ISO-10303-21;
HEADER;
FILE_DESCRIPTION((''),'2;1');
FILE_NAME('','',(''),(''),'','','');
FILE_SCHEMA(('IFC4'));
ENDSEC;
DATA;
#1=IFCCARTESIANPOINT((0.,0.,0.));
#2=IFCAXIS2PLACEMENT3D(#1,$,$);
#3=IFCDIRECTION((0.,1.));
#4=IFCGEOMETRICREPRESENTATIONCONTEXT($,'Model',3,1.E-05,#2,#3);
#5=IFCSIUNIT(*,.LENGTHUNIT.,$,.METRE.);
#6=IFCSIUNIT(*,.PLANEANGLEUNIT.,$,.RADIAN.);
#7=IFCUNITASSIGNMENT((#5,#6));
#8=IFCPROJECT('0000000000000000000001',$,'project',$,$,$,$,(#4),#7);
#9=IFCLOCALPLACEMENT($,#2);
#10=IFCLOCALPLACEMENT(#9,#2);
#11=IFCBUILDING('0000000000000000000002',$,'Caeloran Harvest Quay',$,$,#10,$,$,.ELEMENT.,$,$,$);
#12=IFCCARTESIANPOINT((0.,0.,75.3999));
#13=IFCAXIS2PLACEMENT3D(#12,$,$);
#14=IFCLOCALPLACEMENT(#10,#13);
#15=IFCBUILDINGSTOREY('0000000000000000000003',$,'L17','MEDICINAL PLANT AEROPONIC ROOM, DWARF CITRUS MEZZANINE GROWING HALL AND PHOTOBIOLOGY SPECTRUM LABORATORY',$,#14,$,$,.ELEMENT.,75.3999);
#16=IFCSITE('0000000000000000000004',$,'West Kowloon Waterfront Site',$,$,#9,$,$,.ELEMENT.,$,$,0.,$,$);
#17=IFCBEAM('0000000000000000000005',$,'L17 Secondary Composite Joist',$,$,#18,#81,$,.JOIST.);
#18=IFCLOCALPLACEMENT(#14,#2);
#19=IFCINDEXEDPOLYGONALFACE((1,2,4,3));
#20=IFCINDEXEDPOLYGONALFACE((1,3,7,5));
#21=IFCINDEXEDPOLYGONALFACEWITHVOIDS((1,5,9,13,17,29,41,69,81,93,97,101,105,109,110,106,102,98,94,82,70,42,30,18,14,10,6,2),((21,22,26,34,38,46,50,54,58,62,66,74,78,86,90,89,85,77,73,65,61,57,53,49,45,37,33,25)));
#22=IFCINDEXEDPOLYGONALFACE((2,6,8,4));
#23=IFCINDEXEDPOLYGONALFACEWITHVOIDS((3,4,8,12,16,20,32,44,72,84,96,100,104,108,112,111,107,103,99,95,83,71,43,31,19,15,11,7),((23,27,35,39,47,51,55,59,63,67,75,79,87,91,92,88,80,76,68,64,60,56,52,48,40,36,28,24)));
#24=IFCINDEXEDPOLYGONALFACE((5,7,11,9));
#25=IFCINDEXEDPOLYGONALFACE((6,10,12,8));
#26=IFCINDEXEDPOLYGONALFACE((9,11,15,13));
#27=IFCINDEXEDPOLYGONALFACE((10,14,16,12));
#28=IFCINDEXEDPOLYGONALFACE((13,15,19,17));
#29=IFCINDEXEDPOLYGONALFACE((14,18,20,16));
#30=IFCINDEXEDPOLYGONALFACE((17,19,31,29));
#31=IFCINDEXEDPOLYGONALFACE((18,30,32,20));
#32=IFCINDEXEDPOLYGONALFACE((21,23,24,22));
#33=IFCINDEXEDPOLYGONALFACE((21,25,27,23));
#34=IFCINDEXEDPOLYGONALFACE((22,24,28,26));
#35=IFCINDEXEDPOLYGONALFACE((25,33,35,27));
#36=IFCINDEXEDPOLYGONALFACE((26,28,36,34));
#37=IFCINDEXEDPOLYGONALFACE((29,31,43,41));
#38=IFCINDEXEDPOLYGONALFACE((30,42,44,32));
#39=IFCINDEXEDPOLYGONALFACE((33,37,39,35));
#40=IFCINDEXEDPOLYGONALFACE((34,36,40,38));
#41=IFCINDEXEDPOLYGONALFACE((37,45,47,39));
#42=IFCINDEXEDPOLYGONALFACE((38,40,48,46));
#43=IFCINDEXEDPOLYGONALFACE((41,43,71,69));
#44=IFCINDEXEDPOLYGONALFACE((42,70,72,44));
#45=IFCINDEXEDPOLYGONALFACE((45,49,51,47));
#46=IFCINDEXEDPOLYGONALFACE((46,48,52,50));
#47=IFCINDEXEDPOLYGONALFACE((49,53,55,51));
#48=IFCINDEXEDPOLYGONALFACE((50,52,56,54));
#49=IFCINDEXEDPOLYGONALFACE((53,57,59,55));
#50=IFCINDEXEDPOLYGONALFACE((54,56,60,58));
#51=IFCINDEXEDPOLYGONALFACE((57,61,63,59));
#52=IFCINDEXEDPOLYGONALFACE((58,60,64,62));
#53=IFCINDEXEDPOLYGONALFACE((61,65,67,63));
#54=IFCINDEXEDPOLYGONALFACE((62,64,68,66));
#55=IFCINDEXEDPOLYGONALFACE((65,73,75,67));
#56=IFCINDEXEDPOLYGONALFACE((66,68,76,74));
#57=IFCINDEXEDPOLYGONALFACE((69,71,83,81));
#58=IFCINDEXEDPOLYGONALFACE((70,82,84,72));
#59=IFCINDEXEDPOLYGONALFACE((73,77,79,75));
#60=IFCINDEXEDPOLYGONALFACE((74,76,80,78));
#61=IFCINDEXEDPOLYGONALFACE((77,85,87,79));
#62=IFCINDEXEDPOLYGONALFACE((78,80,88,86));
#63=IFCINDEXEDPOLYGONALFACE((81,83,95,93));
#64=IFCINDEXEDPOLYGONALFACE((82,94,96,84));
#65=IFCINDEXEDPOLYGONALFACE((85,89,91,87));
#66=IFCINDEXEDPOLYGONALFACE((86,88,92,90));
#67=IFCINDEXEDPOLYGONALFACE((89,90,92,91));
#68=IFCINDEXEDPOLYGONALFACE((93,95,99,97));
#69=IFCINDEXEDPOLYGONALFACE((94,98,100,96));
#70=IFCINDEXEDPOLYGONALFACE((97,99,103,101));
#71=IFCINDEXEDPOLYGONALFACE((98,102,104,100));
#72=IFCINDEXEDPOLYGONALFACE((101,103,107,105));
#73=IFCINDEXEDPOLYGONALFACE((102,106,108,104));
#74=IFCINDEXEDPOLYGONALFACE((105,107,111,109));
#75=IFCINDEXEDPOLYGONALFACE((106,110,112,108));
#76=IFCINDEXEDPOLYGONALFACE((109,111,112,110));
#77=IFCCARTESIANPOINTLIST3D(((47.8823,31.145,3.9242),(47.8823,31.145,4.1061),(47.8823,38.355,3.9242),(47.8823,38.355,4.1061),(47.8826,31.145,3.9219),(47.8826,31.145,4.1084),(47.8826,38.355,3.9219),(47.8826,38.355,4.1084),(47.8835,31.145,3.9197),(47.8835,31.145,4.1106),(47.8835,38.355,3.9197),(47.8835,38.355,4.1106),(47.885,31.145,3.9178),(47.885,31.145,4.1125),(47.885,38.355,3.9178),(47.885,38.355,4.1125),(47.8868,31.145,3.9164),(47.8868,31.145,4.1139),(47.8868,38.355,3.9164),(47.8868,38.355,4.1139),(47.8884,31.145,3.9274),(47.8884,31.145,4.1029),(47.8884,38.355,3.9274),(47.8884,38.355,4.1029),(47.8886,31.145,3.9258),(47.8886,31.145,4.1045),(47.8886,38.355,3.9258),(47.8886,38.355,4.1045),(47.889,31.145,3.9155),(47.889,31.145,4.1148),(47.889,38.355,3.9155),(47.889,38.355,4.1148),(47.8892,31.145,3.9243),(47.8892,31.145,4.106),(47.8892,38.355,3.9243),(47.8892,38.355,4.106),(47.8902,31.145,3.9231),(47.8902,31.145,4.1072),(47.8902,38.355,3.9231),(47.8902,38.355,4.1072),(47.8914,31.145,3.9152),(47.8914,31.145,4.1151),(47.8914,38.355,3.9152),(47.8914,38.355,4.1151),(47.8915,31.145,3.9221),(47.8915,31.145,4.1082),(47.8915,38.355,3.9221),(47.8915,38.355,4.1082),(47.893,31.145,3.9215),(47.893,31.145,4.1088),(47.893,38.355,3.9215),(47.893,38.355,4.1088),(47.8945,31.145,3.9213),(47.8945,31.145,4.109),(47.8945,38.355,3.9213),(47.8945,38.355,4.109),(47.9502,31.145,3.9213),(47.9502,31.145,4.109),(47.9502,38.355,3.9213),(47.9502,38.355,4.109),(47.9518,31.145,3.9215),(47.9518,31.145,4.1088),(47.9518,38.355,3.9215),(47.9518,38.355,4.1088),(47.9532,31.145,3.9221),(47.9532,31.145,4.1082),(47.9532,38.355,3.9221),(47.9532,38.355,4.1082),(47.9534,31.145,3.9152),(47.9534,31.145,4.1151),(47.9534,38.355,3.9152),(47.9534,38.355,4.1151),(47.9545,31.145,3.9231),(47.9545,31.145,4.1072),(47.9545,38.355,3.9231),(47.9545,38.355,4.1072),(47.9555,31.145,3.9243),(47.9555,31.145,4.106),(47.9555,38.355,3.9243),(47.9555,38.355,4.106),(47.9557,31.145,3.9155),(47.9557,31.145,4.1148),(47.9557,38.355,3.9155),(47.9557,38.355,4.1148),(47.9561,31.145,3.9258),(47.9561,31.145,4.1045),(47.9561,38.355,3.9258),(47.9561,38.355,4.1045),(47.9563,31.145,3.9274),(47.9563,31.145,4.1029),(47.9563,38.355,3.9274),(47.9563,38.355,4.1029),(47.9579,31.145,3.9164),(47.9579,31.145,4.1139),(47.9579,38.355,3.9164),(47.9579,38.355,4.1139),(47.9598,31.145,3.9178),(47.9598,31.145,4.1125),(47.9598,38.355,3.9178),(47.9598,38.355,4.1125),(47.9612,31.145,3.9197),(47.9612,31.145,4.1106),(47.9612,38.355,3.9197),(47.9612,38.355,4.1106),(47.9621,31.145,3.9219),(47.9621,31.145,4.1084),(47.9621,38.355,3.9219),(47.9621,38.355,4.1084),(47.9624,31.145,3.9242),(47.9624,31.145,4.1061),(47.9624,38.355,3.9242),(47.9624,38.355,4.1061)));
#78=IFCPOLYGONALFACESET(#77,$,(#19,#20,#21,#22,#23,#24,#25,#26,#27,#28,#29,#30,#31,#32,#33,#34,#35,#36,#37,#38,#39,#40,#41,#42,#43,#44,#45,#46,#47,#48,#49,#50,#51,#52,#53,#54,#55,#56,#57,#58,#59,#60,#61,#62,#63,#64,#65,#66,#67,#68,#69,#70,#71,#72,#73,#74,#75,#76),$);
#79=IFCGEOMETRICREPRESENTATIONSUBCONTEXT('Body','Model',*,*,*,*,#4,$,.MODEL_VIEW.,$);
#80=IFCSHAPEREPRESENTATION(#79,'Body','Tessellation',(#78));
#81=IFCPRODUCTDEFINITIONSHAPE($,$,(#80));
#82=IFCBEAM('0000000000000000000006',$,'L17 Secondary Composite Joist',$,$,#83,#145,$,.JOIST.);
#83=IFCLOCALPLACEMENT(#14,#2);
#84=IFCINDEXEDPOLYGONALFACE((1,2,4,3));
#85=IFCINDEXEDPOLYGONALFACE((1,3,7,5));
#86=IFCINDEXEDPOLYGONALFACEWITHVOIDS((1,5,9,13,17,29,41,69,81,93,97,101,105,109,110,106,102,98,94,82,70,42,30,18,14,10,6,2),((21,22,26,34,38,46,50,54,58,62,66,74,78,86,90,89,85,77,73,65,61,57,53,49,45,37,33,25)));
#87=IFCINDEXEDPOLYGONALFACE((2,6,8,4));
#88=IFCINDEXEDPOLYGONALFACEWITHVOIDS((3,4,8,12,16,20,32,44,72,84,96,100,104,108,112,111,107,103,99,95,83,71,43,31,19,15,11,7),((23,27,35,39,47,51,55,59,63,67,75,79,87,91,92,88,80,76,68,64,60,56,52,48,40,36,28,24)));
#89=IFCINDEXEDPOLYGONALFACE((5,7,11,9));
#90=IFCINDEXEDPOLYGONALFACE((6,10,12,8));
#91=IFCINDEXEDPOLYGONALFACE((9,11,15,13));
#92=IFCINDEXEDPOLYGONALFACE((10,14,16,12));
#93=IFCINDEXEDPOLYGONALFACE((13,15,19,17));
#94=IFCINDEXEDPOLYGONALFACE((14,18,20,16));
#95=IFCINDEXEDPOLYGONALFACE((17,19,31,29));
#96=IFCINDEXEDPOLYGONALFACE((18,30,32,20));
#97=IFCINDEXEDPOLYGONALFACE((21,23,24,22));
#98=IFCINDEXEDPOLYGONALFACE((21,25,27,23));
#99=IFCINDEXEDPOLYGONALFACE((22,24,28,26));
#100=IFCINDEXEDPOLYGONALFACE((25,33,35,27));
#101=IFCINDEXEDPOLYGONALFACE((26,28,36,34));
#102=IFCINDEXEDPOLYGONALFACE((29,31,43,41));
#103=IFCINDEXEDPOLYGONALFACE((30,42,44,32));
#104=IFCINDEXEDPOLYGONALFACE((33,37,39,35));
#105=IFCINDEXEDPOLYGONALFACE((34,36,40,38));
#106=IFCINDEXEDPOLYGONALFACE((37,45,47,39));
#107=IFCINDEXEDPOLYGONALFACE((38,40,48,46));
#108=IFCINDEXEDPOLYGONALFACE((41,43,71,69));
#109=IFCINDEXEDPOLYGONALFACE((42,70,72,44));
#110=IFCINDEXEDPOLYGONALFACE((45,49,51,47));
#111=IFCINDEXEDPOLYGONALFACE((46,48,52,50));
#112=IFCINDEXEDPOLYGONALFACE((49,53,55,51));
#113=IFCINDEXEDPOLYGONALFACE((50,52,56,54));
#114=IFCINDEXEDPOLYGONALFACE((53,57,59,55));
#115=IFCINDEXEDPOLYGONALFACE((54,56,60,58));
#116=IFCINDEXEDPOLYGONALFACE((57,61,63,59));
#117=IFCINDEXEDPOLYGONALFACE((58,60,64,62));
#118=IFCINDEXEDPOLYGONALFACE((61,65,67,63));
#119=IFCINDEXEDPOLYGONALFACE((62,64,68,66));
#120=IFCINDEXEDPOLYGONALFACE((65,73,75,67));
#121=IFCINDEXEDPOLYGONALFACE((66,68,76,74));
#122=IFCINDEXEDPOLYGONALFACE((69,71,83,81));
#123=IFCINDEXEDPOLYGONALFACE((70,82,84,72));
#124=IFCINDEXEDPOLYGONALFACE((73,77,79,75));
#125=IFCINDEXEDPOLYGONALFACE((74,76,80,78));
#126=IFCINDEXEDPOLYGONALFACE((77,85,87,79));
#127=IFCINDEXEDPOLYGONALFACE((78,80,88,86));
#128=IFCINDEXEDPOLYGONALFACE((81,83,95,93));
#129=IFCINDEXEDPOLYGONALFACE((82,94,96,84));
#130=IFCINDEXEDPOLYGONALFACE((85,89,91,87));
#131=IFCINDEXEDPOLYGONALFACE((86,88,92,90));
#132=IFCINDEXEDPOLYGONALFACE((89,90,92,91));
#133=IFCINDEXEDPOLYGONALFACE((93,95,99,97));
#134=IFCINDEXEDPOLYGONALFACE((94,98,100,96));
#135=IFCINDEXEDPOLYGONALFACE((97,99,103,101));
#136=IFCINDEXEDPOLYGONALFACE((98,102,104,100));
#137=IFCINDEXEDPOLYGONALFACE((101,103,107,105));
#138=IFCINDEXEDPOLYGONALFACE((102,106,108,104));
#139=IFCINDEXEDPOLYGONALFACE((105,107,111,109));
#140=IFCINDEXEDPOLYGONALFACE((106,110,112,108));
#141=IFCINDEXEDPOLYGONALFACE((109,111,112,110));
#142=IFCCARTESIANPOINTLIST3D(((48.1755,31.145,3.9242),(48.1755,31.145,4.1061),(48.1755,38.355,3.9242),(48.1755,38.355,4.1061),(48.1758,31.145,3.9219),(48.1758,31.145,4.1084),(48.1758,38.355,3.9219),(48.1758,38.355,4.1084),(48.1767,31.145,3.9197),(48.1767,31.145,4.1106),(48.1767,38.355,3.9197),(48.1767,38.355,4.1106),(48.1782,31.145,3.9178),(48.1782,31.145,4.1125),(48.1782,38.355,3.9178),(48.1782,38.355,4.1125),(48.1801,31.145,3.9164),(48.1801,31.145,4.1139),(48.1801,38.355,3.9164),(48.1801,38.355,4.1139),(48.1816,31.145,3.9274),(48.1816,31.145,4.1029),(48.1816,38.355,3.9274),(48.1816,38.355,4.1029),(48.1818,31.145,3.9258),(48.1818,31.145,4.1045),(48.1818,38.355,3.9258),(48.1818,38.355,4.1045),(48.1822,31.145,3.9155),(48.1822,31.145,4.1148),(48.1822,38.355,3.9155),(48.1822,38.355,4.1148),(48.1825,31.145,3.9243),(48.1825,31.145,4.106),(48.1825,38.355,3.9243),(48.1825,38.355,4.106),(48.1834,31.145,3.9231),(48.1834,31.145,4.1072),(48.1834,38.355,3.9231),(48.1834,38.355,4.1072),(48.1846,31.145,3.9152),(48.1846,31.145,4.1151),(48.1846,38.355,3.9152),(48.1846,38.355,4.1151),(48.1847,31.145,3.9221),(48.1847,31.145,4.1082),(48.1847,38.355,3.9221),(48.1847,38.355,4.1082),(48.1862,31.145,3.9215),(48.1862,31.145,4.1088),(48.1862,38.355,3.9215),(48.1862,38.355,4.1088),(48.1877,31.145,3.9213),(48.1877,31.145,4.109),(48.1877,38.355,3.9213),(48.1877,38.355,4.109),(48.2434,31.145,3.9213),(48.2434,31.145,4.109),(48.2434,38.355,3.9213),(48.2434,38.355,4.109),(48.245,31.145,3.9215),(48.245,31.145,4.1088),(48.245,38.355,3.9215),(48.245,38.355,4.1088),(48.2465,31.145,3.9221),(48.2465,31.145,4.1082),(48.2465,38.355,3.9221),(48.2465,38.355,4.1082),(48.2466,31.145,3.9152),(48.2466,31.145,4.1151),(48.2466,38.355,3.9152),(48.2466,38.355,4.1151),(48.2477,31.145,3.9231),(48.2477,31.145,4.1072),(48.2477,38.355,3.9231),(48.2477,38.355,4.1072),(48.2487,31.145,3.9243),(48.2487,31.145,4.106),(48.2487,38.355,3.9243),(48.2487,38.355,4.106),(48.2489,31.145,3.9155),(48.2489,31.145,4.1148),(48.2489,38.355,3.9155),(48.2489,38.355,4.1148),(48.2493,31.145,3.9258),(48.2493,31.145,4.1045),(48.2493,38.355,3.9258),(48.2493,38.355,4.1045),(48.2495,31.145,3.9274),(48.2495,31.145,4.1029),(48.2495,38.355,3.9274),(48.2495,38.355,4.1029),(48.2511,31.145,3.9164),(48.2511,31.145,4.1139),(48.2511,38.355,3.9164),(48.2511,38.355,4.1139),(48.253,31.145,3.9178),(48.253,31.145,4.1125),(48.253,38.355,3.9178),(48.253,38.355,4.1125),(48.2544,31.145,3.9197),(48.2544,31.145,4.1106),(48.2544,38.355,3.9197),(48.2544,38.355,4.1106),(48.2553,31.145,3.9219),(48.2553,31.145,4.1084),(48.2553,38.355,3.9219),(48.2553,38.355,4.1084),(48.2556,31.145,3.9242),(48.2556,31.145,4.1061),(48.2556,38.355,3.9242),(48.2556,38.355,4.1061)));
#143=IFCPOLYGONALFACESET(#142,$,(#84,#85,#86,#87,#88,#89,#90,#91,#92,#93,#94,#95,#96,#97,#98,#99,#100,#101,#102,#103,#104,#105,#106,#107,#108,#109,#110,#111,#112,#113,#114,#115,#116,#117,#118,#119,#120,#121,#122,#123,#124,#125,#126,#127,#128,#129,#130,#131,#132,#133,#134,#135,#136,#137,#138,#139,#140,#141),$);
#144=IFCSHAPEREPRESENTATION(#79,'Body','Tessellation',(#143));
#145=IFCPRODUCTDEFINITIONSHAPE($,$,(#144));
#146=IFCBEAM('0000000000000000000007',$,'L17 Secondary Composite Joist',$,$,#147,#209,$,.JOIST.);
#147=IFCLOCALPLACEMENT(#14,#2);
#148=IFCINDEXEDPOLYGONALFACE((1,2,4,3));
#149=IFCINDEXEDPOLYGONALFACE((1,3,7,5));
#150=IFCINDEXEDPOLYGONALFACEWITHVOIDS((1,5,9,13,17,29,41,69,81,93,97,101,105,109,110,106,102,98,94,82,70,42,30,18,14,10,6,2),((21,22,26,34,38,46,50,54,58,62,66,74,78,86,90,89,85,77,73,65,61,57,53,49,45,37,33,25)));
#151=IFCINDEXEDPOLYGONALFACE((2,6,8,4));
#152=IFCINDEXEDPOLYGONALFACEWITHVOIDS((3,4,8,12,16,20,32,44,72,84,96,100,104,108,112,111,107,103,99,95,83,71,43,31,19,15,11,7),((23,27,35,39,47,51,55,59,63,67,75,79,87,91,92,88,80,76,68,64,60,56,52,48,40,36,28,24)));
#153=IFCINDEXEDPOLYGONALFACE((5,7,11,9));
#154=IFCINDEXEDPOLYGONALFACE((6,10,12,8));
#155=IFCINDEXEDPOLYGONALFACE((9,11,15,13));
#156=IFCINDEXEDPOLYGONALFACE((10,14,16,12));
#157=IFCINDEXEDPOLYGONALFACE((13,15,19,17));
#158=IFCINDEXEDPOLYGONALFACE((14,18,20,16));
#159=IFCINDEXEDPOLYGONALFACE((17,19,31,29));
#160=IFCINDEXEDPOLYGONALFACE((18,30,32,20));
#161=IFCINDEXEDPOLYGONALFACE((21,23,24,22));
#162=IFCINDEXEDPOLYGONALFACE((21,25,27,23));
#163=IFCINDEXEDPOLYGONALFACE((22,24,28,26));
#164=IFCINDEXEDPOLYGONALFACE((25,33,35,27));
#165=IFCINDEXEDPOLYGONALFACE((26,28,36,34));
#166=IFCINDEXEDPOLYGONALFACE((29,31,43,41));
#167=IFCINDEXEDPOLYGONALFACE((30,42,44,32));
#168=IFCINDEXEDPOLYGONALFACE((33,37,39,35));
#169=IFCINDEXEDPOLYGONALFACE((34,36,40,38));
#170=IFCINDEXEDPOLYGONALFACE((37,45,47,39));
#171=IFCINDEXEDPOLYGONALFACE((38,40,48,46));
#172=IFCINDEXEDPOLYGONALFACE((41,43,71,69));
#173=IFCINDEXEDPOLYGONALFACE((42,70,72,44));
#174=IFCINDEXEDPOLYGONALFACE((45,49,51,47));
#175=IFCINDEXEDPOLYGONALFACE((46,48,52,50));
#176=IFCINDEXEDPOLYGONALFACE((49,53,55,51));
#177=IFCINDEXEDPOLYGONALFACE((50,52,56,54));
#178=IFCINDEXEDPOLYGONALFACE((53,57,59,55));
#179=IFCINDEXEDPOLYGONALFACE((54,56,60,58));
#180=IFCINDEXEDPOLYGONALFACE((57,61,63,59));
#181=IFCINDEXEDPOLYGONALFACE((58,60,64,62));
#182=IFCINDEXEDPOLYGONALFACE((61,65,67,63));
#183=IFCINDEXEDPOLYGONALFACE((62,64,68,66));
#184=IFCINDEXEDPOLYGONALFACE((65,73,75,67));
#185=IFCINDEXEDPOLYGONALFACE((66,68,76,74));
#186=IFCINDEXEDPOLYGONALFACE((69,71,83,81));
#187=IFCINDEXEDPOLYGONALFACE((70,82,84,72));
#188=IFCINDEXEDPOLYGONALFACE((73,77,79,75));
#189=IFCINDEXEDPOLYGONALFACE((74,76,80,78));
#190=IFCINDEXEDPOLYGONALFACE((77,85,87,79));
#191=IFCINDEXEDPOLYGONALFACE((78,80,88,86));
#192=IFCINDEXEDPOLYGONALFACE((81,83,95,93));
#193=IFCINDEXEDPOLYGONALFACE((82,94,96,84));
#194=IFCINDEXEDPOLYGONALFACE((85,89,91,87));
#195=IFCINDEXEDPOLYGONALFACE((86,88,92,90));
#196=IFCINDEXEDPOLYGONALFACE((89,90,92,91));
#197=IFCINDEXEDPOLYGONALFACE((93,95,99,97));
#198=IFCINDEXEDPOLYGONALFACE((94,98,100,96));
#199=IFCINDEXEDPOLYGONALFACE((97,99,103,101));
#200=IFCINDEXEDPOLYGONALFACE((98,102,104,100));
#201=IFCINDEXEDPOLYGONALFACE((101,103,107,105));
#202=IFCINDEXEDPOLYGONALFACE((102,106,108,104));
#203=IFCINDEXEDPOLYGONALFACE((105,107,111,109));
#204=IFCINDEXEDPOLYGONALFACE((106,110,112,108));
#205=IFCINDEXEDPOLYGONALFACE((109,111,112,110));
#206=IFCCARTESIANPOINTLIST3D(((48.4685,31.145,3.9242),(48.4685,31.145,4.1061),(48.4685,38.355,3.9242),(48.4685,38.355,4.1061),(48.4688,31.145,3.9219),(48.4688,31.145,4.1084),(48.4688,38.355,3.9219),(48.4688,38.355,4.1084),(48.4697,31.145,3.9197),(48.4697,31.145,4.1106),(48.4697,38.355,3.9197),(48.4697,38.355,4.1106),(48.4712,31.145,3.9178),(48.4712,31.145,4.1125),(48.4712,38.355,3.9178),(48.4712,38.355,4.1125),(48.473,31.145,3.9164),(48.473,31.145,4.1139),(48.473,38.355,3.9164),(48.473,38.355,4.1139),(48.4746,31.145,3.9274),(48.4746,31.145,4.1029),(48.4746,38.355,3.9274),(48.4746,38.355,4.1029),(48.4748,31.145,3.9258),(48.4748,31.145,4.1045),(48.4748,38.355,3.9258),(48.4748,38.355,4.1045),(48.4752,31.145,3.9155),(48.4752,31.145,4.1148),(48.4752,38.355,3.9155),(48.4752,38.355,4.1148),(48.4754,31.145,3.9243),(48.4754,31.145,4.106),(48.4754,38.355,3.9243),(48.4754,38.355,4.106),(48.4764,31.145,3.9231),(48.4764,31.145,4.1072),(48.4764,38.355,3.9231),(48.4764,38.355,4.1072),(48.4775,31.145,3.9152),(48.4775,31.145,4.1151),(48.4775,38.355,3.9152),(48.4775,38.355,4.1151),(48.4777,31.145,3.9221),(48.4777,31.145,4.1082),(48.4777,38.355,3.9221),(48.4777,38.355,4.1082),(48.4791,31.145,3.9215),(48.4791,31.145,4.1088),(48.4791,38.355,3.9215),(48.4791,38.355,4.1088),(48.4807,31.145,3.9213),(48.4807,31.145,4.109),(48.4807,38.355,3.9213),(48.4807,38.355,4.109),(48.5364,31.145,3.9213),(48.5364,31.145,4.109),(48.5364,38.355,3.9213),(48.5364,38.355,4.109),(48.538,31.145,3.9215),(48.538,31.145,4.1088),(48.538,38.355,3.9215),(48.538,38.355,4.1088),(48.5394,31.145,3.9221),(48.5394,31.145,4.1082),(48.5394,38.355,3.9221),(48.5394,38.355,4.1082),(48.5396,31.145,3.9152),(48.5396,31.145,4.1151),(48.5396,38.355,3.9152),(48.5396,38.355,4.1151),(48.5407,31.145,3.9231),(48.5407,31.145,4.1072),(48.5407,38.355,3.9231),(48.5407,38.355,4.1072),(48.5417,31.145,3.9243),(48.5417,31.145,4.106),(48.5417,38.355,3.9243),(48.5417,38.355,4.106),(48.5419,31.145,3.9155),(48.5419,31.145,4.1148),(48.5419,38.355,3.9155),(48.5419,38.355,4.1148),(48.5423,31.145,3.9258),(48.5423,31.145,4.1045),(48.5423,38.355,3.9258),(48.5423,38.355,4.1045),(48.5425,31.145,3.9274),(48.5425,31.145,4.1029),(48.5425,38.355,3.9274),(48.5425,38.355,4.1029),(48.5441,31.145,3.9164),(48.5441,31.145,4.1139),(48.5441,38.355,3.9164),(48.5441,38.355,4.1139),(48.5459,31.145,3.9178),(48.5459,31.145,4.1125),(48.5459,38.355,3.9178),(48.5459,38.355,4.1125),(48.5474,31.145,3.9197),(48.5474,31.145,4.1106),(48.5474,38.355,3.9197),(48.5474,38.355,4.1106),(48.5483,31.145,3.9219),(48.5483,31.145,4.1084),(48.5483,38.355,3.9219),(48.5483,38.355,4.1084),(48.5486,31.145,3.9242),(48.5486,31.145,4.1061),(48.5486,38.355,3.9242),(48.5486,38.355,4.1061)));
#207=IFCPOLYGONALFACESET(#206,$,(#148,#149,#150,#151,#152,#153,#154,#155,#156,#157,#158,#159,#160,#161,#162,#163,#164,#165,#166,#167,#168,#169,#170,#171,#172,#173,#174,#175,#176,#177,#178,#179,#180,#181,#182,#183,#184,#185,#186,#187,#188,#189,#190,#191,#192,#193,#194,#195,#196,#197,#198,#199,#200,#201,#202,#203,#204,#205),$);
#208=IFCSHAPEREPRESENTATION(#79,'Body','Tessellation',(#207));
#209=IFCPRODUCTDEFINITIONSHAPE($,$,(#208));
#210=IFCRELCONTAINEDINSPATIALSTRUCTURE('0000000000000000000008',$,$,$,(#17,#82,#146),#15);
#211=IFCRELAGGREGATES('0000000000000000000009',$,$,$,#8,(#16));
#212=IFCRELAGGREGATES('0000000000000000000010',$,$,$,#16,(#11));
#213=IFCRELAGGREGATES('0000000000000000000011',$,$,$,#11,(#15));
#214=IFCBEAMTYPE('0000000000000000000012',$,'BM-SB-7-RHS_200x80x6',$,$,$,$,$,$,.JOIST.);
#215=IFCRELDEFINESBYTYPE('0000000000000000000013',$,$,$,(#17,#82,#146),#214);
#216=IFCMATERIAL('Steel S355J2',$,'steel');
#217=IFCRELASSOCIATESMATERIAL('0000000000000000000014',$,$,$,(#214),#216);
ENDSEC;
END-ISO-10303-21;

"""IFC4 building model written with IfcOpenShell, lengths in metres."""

from ifc_helpers import new_model, si_unit, direction, frame, origin, origin_2d, place, context, subcontext, project, spatial, hollow_rectangle, extrude, material, material_profile, profile_set, type_object, element, save


model = new_model("IFC4")

# Units and contexts
model_context = context("Model", 3, precision=1e-05, world=origin(), true_north=direction((0.0, 1.0)))
body_context = subcontext(model_context, "Body", "Model", "MODEL_VIEW")
ifc_project = project(units=[si_unit("LENGTHUNIT", "METRE"), si_unit("PLANEANGLEUNIT", "RADIAN")], contexts=[model_context])

# Site, building, storey
site_placement = place(None, origin())
site = spatial("IfcSite", under=ifc_project, at=site_placement, Name="West Kowloon Waterfront Site", CompositionType="ELEMENT", RefElevation=0.0)
building_placement = place(site_placement, origin())
building = spatial("IfcBuilding", under=site, at=building_placement, Name="Caeloran Harvest Quay", CompositionType="ELEMENT")
storey_placement = place(building_placement, frame((0.0, 0.0, 75.3999)))
storey = spatial("IfcBuildingStorey", under=building, at=storey_placement, Name="L17", Description="MEDICINAL PLANT AEROPONIC ROOM, DWARF CITRUS MEZZANINE GROWING HALL AND PHOTOBIOLOGY SPECTRUM LABORATORY", CompositionType="ELEMENT", Elevation=75.3999)

# Beams
ifc_material_1 = material(Name="Steel S355J2", Category="steel")
ifc_material_profile_1 = material_profile(ifc_material_1, hollow_rectangle(XDim=0.0801, YDim=0.2, WallThickness=0.0061, InnerFilletRadius=0.0061, OuterFilletRadius=0.009, at=origin_2d()), Name="RHS 200x80x6")
ifc_profile_set_1 = profile_set([ifc_material_profile_1], Name="Steel S355J2")
beam_type_1 = type_object("IfcBeamType", Name="BM-SB-7-RHS_200x80x6", PredefinedType="JOIST", material=ifc_profile_set_1)
for number, where, z_axis, x_axis, name in (
    (1, (47.9224, 31.145, 4.0151), (0.0, 1.0, 0.0), (-1.0, 0.0, 0.0), "L17 Secondary Composite Joist"),
    (2, (48.2156, 31.145, 4.0151), (0.0, 1.0, 0.0), (-1.0, 0.0, 0.0), "L17 Secondary Composite Joist"),
    (3, (48.5085, 31.145, 4.0151), (0.0, 1.0, 0.0), (-1.0, 0.0, 0.0), "L17 Secondary Composite Joist"),
):
    element("IfcBeam", number, at=place(storey_placement, frame(where, z_axis=z_axis, x_axis=x_axis)), inside=storey, type_object=beam_type_1, Name=name, PredefinedType="JOIST", context=body_context, shape_type="SweptSolid", body=[
        extrude(hollow_rectangle(XDim=0.0801, YDim=0.2, WallThickness=0.0061, InnerFilletRadius=0.0061, OuterFilletRadius=0.009, at=origin_2d()), origin(), (0.0, 0.0, 1.0), 7.21),
    ])

save(model, "model.ifc")
